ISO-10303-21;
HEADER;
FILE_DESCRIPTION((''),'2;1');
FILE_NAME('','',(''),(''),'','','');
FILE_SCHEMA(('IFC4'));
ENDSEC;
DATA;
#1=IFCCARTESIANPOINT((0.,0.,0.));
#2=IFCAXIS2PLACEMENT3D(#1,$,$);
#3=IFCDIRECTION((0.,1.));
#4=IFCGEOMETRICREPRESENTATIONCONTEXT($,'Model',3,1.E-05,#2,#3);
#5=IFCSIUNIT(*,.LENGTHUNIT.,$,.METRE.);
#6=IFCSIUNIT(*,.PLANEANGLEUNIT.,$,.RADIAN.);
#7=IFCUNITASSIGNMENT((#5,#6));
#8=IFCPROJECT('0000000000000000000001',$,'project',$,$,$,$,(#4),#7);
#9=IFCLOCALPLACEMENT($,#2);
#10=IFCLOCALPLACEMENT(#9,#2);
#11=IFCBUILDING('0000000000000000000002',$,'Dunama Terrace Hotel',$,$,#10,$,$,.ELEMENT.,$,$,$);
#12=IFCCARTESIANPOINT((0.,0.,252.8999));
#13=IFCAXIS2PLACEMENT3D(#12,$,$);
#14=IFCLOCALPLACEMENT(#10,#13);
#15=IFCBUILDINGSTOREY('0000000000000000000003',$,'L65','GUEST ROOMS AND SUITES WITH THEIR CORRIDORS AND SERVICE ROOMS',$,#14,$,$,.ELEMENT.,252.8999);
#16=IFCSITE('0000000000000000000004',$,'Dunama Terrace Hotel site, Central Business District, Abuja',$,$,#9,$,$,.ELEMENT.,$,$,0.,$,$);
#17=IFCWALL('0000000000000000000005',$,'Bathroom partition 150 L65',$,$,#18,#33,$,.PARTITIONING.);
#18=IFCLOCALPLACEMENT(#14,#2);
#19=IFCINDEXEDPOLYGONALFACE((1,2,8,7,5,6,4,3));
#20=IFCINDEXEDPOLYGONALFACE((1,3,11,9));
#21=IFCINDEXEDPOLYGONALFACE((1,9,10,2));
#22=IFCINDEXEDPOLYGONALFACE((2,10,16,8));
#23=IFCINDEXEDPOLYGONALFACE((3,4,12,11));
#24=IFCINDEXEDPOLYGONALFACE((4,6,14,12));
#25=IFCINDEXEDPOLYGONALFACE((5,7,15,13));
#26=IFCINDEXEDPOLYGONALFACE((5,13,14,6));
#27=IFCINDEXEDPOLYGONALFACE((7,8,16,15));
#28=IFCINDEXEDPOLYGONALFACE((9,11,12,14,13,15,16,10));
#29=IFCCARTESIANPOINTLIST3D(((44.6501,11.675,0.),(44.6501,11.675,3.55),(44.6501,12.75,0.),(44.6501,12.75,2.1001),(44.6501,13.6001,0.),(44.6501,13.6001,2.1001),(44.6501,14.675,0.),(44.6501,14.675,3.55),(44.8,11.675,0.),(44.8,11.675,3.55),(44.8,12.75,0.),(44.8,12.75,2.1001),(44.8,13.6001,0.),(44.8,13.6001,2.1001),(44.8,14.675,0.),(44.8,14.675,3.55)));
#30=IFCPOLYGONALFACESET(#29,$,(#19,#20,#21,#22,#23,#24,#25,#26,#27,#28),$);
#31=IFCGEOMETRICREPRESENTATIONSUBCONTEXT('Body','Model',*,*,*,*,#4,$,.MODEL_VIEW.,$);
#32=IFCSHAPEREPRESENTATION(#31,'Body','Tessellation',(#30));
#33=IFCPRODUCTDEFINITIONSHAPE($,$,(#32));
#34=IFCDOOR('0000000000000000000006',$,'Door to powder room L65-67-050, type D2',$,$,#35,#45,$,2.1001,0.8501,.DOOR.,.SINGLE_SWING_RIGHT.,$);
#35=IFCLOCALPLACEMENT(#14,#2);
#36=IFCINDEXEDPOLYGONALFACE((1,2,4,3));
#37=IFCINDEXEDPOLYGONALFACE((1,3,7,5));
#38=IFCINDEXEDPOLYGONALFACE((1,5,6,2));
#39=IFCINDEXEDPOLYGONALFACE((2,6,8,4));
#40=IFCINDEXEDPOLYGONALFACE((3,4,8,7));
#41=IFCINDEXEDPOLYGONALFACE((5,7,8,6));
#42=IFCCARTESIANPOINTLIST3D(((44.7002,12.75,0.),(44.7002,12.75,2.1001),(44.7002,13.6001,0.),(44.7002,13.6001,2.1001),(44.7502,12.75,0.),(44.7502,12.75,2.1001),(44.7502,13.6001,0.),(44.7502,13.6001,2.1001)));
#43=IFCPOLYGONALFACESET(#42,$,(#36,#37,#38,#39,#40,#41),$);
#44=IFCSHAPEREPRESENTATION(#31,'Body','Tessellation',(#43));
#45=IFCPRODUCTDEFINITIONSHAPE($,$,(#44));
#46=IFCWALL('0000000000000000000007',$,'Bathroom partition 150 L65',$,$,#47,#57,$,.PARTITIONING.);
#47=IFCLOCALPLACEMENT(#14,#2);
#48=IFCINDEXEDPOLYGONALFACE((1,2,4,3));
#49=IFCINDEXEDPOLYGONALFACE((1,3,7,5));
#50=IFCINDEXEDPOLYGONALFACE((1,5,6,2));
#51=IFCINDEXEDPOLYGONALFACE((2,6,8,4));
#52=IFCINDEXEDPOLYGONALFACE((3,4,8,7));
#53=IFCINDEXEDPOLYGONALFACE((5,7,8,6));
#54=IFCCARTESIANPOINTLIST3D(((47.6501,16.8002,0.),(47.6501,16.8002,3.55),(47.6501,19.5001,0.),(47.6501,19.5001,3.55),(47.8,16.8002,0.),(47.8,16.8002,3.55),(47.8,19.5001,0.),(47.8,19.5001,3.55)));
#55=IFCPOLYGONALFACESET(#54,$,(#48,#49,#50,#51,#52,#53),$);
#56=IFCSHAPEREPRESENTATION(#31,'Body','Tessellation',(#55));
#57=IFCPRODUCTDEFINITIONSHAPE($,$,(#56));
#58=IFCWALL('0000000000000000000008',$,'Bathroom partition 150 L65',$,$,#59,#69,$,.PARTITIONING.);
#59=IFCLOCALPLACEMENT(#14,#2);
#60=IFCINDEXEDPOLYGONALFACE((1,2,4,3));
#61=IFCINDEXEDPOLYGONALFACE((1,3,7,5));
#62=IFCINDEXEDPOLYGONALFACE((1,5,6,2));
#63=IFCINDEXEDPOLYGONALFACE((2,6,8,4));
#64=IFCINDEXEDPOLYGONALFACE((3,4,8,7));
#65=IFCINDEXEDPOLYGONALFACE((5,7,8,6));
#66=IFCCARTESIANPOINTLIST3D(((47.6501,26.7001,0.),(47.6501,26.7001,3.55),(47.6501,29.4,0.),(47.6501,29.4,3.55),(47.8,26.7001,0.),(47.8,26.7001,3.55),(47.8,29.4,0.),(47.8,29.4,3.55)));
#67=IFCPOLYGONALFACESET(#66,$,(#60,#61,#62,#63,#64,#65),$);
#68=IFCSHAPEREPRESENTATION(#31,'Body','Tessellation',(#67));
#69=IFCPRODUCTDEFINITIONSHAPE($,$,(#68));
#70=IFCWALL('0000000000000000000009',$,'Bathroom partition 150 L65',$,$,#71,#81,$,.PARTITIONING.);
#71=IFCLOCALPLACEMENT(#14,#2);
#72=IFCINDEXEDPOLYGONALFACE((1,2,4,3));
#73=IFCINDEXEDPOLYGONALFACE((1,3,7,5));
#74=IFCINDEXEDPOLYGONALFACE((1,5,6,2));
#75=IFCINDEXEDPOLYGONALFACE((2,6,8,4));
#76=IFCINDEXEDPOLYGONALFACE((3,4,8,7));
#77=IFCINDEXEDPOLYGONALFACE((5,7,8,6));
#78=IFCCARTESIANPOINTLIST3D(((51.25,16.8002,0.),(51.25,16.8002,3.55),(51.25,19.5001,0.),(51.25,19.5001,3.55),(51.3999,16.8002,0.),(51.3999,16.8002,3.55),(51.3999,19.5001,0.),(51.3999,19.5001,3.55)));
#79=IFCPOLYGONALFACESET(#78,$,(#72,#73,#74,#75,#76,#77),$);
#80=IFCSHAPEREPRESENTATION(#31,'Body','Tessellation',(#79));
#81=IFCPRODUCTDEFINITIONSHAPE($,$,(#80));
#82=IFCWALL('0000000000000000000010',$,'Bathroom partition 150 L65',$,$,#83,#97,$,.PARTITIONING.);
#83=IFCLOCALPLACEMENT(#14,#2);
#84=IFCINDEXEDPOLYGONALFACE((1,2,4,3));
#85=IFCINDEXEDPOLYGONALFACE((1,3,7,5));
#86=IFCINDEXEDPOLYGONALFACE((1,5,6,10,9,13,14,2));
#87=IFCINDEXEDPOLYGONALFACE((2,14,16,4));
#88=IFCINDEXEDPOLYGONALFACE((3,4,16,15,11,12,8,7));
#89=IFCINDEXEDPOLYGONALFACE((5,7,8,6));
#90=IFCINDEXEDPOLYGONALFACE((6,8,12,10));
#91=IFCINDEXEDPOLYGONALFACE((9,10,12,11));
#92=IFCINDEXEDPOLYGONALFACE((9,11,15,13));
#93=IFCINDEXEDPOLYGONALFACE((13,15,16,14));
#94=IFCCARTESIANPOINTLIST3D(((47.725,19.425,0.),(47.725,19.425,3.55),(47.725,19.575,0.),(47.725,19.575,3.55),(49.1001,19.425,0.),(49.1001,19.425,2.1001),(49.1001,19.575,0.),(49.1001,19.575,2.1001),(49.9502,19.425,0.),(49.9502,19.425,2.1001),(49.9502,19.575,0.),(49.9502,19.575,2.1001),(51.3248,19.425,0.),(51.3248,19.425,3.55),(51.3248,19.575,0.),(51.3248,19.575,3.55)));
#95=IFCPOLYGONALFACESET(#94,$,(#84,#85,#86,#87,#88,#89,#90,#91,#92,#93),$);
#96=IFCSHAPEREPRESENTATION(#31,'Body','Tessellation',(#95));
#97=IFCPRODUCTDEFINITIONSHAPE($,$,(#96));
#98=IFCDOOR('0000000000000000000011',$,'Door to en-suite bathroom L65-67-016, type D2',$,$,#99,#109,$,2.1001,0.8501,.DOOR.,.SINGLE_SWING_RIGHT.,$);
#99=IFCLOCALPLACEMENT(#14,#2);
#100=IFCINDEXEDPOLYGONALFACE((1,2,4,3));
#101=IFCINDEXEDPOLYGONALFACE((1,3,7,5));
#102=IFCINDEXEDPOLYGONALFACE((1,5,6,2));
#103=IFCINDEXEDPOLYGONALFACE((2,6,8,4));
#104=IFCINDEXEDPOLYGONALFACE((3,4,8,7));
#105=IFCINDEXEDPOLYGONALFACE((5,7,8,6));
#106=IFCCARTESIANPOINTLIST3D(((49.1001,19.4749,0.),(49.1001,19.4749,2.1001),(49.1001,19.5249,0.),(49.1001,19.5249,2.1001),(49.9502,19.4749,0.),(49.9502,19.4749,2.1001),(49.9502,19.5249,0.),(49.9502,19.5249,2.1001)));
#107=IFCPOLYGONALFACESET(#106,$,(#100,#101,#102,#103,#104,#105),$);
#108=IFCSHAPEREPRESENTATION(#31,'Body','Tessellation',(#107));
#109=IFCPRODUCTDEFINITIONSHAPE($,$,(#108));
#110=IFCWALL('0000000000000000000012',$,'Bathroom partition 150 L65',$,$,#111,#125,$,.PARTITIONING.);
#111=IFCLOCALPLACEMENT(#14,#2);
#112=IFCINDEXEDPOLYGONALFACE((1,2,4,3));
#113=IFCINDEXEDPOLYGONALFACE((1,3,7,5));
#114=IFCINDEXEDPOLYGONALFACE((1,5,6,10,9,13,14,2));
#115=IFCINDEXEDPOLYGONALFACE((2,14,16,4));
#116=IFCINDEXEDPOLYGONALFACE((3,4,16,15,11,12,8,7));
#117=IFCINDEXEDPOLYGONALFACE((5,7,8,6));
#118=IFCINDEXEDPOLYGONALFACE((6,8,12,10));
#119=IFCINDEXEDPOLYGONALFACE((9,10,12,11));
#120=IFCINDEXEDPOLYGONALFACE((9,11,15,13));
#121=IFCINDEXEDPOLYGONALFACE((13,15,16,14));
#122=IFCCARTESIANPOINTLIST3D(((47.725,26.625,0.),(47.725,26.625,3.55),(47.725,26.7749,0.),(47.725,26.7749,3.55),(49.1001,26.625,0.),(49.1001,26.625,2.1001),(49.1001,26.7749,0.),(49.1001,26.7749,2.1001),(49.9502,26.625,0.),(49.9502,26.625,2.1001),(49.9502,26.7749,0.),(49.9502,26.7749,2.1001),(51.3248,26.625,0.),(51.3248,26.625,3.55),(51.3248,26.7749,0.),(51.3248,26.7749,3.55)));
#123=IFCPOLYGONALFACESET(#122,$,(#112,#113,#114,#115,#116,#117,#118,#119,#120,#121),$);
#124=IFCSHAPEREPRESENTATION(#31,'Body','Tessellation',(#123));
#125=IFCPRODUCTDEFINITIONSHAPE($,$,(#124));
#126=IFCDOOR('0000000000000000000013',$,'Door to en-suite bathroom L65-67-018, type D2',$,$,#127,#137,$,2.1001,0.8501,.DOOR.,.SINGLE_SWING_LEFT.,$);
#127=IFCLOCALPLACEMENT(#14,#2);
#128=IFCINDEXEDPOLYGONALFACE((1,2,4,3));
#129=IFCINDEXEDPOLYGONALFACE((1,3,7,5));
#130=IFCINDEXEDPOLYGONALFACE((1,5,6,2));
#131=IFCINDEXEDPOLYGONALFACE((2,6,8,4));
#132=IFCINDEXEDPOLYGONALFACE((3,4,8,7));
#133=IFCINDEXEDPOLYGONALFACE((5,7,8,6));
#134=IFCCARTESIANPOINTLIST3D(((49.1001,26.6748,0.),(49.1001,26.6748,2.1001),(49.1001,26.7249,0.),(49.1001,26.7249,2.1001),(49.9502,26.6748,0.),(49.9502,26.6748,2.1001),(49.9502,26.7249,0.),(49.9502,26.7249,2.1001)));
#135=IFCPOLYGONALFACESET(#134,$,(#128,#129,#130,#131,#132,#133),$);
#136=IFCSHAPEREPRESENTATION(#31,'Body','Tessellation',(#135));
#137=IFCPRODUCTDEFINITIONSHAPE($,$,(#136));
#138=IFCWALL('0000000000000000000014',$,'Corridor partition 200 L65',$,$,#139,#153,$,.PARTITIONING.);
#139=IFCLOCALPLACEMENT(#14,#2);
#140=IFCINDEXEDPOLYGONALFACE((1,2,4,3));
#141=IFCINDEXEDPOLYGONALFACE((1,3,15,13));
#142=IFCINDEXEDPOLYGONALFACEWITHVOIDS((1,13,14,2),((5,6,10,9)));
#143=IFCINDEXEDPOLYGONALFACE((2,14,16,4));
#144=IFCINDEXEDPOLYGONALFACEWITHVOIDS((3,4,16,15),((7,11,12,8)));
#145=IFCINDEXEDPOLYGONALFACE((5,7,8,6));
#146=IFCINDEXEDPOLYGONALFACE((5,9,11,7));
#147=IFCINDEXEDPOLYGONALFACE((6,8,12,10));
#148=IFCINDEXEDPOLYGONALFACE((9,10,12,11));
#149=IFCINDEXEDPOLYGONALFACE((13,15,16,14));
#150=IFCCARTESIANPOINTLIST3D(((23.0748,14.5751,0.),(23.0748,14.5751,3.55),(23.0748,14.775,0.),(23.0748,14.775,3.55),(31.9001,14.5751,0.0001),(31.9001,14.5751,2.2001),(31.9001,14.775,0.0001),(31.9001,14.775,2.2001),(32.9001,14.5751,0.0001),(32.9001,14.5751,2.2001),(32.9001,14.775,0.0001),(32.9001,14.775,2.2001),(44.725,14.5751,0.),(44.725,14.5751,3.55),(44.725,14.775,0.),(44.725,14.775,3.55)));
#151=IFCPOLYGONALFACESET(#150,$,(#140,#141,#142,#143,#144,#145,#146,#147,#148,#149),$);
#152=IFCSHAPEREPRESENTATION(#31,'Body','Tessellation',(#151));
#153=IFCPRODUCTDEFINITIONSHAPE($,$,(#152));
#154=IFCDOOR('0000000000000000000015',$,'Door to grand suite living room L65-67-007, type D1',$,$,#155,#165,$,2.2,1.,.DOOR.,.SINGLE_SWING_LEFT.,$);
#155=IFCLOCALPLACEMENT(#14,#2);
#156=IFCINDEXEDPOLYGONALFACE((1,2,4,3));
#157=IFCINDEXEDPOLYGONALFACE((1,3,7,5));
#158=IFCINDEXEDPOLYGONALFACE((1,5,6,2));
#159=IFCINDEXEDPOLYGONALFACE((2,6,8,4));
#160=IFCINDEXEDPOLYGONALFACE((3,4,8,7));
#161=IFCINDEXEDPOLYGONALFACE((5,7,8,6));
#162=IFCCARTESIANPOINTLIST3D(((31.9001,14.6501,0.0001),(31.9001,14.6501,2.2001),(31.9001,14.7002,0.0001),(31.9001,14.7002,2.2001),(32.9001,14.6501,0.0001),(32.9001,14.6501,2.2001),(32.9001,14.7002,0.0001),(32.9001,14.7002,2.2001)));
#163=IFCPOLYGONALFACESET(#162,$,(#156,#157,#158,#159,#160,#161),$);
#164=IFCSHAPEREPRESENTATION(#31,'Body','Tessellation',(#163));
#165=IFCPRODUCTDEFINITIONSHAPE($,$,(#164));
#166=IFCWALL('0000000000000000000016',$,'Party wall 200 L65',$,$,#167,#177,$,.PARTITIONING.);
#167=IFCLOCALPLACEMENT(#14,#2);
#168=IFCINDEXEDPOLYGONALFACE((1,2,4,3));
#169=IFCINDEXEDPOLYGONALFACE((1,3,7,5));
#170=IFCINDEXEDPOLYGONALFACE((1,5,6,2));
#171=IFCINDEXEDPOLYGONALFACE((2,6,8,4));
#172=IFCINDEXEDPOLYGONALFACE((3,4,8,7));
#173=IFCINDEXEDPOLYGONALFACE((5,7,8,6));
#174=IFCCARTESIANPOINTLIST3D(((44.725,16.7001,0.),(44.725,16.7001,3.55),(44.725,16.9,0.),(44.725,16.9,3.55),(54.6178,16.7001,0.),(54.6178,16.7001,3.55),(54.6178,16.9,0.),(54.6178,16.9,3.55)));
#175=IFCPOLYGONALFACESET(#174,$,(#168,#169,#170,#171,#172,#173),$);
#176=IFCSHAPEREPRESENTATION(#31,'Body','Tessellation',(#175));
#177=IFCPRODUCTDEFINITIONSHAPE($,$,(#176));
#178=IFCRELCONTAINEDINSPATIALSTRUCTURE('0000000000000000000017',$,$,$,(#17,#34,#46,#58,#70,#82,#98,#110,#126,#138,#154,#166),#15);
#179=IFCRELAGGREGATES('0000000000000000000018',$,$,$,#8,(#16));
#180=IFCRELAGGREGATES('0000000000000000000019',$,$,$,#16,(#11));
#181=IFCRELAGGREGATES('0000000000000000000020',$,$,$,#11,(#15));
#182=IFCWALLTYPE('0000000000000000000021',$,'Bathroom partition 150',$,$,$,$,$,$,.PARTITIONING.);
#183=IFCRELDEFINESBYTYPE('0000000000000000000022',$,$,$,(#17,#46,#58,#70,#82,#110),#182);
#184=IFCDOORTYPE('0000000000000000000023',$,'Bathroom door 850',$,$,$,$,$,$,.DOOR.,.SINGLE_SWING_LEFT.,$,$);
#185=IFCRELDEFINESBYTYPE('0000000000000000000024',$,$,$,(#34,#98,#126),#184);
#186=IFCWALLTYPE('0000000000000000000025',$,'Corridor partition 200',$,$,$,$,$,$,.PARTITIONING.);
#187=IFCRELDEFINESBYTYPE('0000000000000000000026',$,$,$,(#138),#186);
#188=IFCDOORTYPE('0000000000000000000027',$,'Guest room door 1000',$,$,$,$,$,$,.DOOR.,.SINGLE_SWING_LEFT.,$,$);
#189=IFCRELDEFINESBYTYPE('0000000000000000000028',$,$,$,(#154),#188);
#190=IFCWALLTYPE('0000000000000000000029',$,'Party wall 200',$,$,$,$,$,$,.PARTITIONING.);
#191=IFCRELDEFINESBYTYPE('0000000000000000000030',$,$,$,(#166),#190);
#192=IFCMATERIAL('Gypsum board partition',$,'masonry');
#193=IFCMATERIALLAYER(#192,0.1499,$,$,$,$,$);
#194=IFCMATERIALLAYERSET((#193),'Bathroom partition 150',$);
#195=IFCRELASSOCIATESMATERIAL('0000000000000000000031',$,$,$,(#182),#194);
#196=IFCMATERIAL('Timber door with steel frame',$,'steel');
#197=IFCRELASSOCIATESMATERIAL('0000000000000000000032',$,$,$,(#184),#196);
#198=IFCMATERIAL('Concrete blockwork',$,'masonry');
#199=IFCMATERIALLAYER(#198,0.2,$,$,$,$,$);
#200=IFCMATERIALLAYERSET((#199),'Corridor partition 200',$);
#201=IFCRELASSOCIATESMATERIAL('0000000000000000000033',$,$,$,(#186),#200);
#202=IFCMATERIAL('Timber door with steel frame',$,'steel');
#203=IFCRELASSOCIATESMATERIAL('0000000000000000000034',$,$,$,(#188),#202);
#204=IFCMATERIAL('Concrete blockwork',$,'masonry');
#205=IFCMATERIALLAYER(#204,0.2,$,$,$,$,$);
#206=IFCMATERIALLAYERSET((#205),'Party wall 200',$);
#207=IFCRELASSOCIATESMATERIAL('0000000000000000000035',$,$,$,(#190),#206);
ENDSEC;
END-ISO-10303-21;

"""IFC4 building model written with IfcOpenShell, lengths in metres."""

from ifc_helpers import new_model, si_unit, direction, frame, frame_2d, origin, place, context, subcontext, project, spatial, rectangle, extrude, material, layer, layer_set, type_object, element, fill, save


model = new_model("IFC4")

# Units and contexts
model_context = context("Model", 3, precision=1e-05, world=origin(), true_north=direction((0.0, 1.0)))
body_context = subcontext(model_context, "Body", "Model", "MODEL_VIEW")
ifc_project = project(units=[si_unit("LENGTHUNIT", "METRE"), si_unit("PLANEANGLEUNIT", "RADIAN")], contexts=[model_context])

# Site, building, storey
site_placement = place(None, origin())
site = spatial("IfcSite", under=ifc_project, at=site_placement, Name="Dunama Terrace Hotel site, Central Business District, Abuja", CompositionType="ELEMENT", RefElevation=0.0)
building_placement = place(site_placement, origin())
building = spatial("IfcBuilding", under=site, at=building_placement, Name="Dunama Terrace Hotel", CompositionType="ELEMENT")
storey_placement = place(building_placement, frame((0.0, 0.0, 252.8999)))
storey = spatial("IfcBuildingStorey", under=building, at=storey_placement, Name="L65", Description="GUEST ROOMS AND SUITES WITH THEIR CORRIDORS AND SERVICE ROOMS", CompositionType="ELEMENT", Elevation=252.8999)

# Wall, opening, door
ifc_material_1 = material(Name="Gypsum board partition", Category="masonry")
ifc_layer_1 = layer(ifc_material_1, 0.1499)
ifc_layer_set_1 = layer_set([ifc_layer_1], Name="Bathroom partition 150")
wall_type_1 = type_object("IfcWallType", Name="Bathroom partition 150", PredefinedType="PARTITIONING", material=ifc_layer_set_1)
wall_1_placement = place(storey_placement, frame((44.7251, 11.675, 0.0), z_axis=(0.0, 0.0, 1.0), x_axis=(0.0, 1.0, 0.0)))
wall_1 = element("IfcWall", 1, at=wall_1_placement, inside=storey, type_object=wall_type_1, Name="Bathroom partition 150 L65", PredefinedType="PARTITIONING", context=body_context, shape_type="SweptSolid", body=[
    extrude(rectangle(XDim=3.0, YDim=0.1499, at=frame_2d((1.5, 0.0))), origin(), (0.0, 0.0, 1.0), 3.55),
])
opening_1_placement = place(wall_1_placement, frame((1.075, 0.0, 0.0)))
opening_1 = element("IfcOpeningElement", 2, at=opening_1_placement, cuts=wall_1, PredefinedType="OPENING", context=body_context, shape_type="SweptSolid", body=[
    extrude(rectangle(XDim=0.8501, YDim=2.1001, at=frame_2d((0.425, 1.05))), frame((0.0, 0.085, 0.0), z_axis=(0.0, -1.0, 0.0), x_axis=(1.0, 0.0, 0.0)), (0.0, 0.0, 1.0), 0.1699),
])
ifc_material_2 = material(Name="Timber door with steel frame", Category="steel")
door_type_1 = type_object("IfcDoorType", Name="Bathroom door 850", OperationType="SINGLE_SWING_LEFT", PredefinedType="DOOR", material=ifc_material_2)
door_1_placement = place(opening_1_placement, origin())
door_1 = element("IfcDoor", 3, at=door_1_placement, inside=storey, type_object=door_type_1, Name="Door to powder room L65-67-050, type D2", OperationType="SINGLE_SWING_RIGHT", OverallHeight=2.1001, OverallWidth=0.8501, PredefinedType="DOOR", context=body_context, shape_type="SweptSolid", body=[
    extrude(rectangle(XDim=0.8501, YDim=2.1001, at=frame_2d((0.425, 1.05))), frame((0.0, 0.0249, 0.0), z_axis=(0.0, -1.0, 0.0), x_axis=(1.0, 0.0, 0.0)), (0.0, 0.0, 1.0), 0.05),
])
fill(opening_1, door_1)

# Walls
for number, where, z_axis, x_axis, name in (
    (4, (47.7251, 16.8, 0.0), (0.0, 0.0, 1.0), (0.0, 1.0, 0.0), "Bathroom partition 150 L65"),
    (5, (47.7251, 26.7, 0.0), (0.0, 0.0, 1.0), (0.0, 1.0, 0.0), "Bathroom partition 150 L65"),
    (6, (51.325, 16.8, 0.0), (0.0, 0.0, 1.0), (0.0, 1.0, 0.0), "Bathroom partition 150 L65"),
):
    element("IfcWall", number, at=place(storey_placement, frame(where, z_axis=z_axis, x_axis=x_axis)), inside=storey, type_object=wall_type_1, Name=name, PredefinedType="PARTITIONING", context=body_context, shape_type="SweptSolid", body=[
        extrude(rectangle(XDim=2.7, YDim=0.1499, at=frame_2d((1.3501, 0.0))), origin(), (0.0, 0.0, 1.0), 3.55),
    ])

# Walls, openings, doors
wall_2_placement = place(storey_placement, frame((47.7251, 19.5, 0.0), z_axis=(0.0, 0.0, 1.0), x_axis=(1.0, 0.0, 0.0)))
wall_2 = element("IfcWall", 7, at=wall_2_placement, inside=storey, type_object=wall_type_1, Name="Bathroom partition 150 L65", PredefinedType="PARTITIONING", context=body_context, shape_type="SweptSolid", body=[
    extrude(rectangle(XDim=3.5999, YDim=0.1499, at=frame_2d((1.7998, 0.0))), origin(), (0.0, 0.0, 1.0), 3.55),
])
opening_2_placement = place(wall_2_placement, frame((1.375, 0.0, 0.0)))
opening_2 = element("IfcOpeningElement", 8, at=opening_2_placement, cuts=wall_2, PredefinedType="OPENING", context=body_context, shape_type="SweptSolid", body=[
    extrude(rectangle(XDim=0.8501, YDim=2.1001, at=frame_2d((0.425, 1.05))), frame((0.0, 0.085, 0.0), z_axis=(0.0, -1.0, 0.0), x_axis=(1.0, 0.0, 0.0)), (0.0, 0.0, 1.0), 0.1699),
])
door_2_placement = place(opening_2_placement, frame((0.8501, 0.0, 0.0), z_axis=(0.0, 0.0, 1.0), x_axis=(-1.0, 0.0, 0.0)))
door_2 = element("IfcDoor", 9, at=door_2_placement, inside=storey, type_object=door_type_1, Name="Door to en-suite bathroom L65-67-016, type D2", OperationType="SINGLE_SWING_RIGHT", OverallHeight=2.1001, OverallWidth=0.8501, PredefinedType="DOOR", context=body_context, shape_type="SweptSolid", body=[
    extrude(rectangle(XDim=0.8501, YDim=2.1001, at=frame_2d((0.425, 1.05))), frame((0.0, 0.0251, 0.0), z_axis=(0.0, -1.0, 0.0), x_axis=(1.0, 0.0, 0.0)), (0.0, 0.0, 1.0), 0.05),
])
fill(opening_2, door_2)
wall_3_placement = place(storey_placement, frame((47.7251, 26.7, 0.0), z_axis=(0.0, 0.0, 1.0), x_axis=(1.0, 0.0, 0.0)))
wall_3 = element("IfcWall", 10, at=wall_3_placement, inside=storey, type_object=wall_type_1, Name="Bathroom partition 150 L65", PredefinedType="PARTITIONING", context=body_context, shape_type="SweptSolid", body=[
    extrude(rectangle(XDim=3.5999, YDim=0.1499, at=frame_2d((1.7998, 0.0))), origin(), (0.0, 0.0, 1.0), 3.55),
])
opening_3_placement = place(wall_3_placement, frame((1.375, 0.0, 0.0)))
opening_3 = element("IfcOpeningElement", 11, at=opening_3_placement, cuts=wall_3, PredefinedType="OPENING", context=body_context, shape_type="SweptSolid", body=[
    extrude(rectangle(XDim=0.8501, YDim=2.1001, at=frame_2d((0.425, 1.05))), frame((0.0, 0.085, 0.0), z_axis=(0.0, -1.0, 0.0), x_axis=(1.0, 0.0, 0.0)), (0.0, 0.0, 1.0), 0.1699),
])
door_3_placement = place(opening_3_placement, origin())
door_3 = element("IfcDoor", 12, at=door_3_placement, inside=storey, type_object=door_type_1, Name="Door to en-suite bathroom L65-67-018, type D2", OperationType="SINGLE_SWING_LEFT", OverallHeight=2.1001, OverallWidth=0.8501, PredefinedType="DOOR", context=body_context, shape_type="SweptSolid", body=[
    extrude(rectangle(XDim=0.8501, YDim=2.1001, at=frame_2d((0.425, 1.05))), frame((0.0, 0.0249, 0.0), z_axis=(0.0, -1.0, 0.0), x_axis=(1.0, 0.0, 0.0)), (0.0, 0.0, 1.0), 0.05),
])
fill(opening_3, door_3)
ifc_material_3 = material(Name="Concrete blockwork", Category="masonry")
ifc_layer_2 = layer(ifc_material_3, 0.2)
ifc_layer_set_2 = layer_set([ifc_layer_2], Name="Corridor partition 200")
wall_type_2 = type_object("IfcWallType", Name="Corridor partition 200", PredefinedType="PARTITIONING", material=ifc_layer_set_2)
wall_4_placement = place(storey_placement, frame((44.7251, 14.675, 0.0), z_axis=(0.0, 0.0, 1.0), x_axis=(-1.0, 0.0, 0.0)))
wall_4 = element("IfcWall", 13, at=wall_4_placement, inside=storey, type_object=wall_type_2, Name="Corridor partition 200 L65", PredefinedType="PARTITIONING", context=body_context, shape_type="SweptSolid", body=[
    extrude(rectangle(XDim=21.6501, YDim=0.2, at=frame_2d((10.8252, 0.0))), origin(), (0.0, 0.0, 1.0), 3.55),
])
opening_4_placement = place(wall_4_placement, frame((11.825, 0.0, 0.0)))
opening_4 = element("IfcOpeningElement", 14, at=opening_4_placement, cuts=wall_4, PredefinedType="OPENING", context=body_context, shape_type="SweptSolid", body=[
    extrude(rectangle(XDim=1.0, YDim=2.2, at=frame_2d((0.5, 1.1001))), frame((0.0, 0.1099, 0.0), z_axis=(0.0, -1.0, 0.0), x_axis=(1.0, 0.0, 0.0)), (0.0, 0.0, 1.0), 0.22),
])
ifc_material_4 = material(Name="Timber door with steel frame", Category="steel")
door_type_2 = type_object("IfcDoorType", Name="Guest room door 1000", OperationType="SINGLE_SWING_LEFT", PredefinedType="DOOR", material=ifc_material_4)
door_4_placement = place(opening_4_placement, origin())
door_4 = element("IfcDoor", 15, at=door_4_placement, inside=storey, type_object=door_type_2, Name="Door to grand suite living room L65-67-007, type D1", OperationType="SINGLE_SWING_LEFT", OverallHeight=2.2, OverallWidth=1.0, PredefinedType="DOOR", context=body_context, shape_type="SweptSolid", body=[
    extrude(rectangle(XDim=1.0, YDim=2.2, at=frame_2d((0.5, 1.1001))), frame((0.0, 0.0249, 0.0), z_axis=(0.0, -1.0, 0.0), x_axis=(1.0, 0.0, 0.0)), (0.0, 0.0, 1.0), 0.05),
])
fill(opening_4, door_4)

# Wall
ifc_material_5 = material(Name="Concrete blockwork", Category="masonry")
ifc_layer_3 = layer(ifc_material_5, 0.2)
ifc_layer_set_3 = layer_set([ifc_layer_3], Name="Party wall 200")
wall_type_3 = type_object("IfcWallType", Name="Party wall 200", PredefinedType="PARTITIONING", material=ifc_layer_set_3)
wall_5_placement = place(storey_placement, frame((44.7251, 16.8, 0.0), z_axis=(0.0, 0.0, 1.0), x_axis=(1.0, 0.0, 0.0)))
element("IfcWall", 16, at=wall_5_placement, inside=storey, type_object=wall_type_3, Name="Party wall 200 L65", PredefinedType="PARTITIONING", context=body_context, shape_type="SweptSolid", body=[
    extrude(rectangle(XDim=9.8928, YDim=0.2, at=frame_2d((4.9463, 0.0))), origin(), (0.0, 0.0, 1.0), 3.55),
])

save(model, "model.ifc")
